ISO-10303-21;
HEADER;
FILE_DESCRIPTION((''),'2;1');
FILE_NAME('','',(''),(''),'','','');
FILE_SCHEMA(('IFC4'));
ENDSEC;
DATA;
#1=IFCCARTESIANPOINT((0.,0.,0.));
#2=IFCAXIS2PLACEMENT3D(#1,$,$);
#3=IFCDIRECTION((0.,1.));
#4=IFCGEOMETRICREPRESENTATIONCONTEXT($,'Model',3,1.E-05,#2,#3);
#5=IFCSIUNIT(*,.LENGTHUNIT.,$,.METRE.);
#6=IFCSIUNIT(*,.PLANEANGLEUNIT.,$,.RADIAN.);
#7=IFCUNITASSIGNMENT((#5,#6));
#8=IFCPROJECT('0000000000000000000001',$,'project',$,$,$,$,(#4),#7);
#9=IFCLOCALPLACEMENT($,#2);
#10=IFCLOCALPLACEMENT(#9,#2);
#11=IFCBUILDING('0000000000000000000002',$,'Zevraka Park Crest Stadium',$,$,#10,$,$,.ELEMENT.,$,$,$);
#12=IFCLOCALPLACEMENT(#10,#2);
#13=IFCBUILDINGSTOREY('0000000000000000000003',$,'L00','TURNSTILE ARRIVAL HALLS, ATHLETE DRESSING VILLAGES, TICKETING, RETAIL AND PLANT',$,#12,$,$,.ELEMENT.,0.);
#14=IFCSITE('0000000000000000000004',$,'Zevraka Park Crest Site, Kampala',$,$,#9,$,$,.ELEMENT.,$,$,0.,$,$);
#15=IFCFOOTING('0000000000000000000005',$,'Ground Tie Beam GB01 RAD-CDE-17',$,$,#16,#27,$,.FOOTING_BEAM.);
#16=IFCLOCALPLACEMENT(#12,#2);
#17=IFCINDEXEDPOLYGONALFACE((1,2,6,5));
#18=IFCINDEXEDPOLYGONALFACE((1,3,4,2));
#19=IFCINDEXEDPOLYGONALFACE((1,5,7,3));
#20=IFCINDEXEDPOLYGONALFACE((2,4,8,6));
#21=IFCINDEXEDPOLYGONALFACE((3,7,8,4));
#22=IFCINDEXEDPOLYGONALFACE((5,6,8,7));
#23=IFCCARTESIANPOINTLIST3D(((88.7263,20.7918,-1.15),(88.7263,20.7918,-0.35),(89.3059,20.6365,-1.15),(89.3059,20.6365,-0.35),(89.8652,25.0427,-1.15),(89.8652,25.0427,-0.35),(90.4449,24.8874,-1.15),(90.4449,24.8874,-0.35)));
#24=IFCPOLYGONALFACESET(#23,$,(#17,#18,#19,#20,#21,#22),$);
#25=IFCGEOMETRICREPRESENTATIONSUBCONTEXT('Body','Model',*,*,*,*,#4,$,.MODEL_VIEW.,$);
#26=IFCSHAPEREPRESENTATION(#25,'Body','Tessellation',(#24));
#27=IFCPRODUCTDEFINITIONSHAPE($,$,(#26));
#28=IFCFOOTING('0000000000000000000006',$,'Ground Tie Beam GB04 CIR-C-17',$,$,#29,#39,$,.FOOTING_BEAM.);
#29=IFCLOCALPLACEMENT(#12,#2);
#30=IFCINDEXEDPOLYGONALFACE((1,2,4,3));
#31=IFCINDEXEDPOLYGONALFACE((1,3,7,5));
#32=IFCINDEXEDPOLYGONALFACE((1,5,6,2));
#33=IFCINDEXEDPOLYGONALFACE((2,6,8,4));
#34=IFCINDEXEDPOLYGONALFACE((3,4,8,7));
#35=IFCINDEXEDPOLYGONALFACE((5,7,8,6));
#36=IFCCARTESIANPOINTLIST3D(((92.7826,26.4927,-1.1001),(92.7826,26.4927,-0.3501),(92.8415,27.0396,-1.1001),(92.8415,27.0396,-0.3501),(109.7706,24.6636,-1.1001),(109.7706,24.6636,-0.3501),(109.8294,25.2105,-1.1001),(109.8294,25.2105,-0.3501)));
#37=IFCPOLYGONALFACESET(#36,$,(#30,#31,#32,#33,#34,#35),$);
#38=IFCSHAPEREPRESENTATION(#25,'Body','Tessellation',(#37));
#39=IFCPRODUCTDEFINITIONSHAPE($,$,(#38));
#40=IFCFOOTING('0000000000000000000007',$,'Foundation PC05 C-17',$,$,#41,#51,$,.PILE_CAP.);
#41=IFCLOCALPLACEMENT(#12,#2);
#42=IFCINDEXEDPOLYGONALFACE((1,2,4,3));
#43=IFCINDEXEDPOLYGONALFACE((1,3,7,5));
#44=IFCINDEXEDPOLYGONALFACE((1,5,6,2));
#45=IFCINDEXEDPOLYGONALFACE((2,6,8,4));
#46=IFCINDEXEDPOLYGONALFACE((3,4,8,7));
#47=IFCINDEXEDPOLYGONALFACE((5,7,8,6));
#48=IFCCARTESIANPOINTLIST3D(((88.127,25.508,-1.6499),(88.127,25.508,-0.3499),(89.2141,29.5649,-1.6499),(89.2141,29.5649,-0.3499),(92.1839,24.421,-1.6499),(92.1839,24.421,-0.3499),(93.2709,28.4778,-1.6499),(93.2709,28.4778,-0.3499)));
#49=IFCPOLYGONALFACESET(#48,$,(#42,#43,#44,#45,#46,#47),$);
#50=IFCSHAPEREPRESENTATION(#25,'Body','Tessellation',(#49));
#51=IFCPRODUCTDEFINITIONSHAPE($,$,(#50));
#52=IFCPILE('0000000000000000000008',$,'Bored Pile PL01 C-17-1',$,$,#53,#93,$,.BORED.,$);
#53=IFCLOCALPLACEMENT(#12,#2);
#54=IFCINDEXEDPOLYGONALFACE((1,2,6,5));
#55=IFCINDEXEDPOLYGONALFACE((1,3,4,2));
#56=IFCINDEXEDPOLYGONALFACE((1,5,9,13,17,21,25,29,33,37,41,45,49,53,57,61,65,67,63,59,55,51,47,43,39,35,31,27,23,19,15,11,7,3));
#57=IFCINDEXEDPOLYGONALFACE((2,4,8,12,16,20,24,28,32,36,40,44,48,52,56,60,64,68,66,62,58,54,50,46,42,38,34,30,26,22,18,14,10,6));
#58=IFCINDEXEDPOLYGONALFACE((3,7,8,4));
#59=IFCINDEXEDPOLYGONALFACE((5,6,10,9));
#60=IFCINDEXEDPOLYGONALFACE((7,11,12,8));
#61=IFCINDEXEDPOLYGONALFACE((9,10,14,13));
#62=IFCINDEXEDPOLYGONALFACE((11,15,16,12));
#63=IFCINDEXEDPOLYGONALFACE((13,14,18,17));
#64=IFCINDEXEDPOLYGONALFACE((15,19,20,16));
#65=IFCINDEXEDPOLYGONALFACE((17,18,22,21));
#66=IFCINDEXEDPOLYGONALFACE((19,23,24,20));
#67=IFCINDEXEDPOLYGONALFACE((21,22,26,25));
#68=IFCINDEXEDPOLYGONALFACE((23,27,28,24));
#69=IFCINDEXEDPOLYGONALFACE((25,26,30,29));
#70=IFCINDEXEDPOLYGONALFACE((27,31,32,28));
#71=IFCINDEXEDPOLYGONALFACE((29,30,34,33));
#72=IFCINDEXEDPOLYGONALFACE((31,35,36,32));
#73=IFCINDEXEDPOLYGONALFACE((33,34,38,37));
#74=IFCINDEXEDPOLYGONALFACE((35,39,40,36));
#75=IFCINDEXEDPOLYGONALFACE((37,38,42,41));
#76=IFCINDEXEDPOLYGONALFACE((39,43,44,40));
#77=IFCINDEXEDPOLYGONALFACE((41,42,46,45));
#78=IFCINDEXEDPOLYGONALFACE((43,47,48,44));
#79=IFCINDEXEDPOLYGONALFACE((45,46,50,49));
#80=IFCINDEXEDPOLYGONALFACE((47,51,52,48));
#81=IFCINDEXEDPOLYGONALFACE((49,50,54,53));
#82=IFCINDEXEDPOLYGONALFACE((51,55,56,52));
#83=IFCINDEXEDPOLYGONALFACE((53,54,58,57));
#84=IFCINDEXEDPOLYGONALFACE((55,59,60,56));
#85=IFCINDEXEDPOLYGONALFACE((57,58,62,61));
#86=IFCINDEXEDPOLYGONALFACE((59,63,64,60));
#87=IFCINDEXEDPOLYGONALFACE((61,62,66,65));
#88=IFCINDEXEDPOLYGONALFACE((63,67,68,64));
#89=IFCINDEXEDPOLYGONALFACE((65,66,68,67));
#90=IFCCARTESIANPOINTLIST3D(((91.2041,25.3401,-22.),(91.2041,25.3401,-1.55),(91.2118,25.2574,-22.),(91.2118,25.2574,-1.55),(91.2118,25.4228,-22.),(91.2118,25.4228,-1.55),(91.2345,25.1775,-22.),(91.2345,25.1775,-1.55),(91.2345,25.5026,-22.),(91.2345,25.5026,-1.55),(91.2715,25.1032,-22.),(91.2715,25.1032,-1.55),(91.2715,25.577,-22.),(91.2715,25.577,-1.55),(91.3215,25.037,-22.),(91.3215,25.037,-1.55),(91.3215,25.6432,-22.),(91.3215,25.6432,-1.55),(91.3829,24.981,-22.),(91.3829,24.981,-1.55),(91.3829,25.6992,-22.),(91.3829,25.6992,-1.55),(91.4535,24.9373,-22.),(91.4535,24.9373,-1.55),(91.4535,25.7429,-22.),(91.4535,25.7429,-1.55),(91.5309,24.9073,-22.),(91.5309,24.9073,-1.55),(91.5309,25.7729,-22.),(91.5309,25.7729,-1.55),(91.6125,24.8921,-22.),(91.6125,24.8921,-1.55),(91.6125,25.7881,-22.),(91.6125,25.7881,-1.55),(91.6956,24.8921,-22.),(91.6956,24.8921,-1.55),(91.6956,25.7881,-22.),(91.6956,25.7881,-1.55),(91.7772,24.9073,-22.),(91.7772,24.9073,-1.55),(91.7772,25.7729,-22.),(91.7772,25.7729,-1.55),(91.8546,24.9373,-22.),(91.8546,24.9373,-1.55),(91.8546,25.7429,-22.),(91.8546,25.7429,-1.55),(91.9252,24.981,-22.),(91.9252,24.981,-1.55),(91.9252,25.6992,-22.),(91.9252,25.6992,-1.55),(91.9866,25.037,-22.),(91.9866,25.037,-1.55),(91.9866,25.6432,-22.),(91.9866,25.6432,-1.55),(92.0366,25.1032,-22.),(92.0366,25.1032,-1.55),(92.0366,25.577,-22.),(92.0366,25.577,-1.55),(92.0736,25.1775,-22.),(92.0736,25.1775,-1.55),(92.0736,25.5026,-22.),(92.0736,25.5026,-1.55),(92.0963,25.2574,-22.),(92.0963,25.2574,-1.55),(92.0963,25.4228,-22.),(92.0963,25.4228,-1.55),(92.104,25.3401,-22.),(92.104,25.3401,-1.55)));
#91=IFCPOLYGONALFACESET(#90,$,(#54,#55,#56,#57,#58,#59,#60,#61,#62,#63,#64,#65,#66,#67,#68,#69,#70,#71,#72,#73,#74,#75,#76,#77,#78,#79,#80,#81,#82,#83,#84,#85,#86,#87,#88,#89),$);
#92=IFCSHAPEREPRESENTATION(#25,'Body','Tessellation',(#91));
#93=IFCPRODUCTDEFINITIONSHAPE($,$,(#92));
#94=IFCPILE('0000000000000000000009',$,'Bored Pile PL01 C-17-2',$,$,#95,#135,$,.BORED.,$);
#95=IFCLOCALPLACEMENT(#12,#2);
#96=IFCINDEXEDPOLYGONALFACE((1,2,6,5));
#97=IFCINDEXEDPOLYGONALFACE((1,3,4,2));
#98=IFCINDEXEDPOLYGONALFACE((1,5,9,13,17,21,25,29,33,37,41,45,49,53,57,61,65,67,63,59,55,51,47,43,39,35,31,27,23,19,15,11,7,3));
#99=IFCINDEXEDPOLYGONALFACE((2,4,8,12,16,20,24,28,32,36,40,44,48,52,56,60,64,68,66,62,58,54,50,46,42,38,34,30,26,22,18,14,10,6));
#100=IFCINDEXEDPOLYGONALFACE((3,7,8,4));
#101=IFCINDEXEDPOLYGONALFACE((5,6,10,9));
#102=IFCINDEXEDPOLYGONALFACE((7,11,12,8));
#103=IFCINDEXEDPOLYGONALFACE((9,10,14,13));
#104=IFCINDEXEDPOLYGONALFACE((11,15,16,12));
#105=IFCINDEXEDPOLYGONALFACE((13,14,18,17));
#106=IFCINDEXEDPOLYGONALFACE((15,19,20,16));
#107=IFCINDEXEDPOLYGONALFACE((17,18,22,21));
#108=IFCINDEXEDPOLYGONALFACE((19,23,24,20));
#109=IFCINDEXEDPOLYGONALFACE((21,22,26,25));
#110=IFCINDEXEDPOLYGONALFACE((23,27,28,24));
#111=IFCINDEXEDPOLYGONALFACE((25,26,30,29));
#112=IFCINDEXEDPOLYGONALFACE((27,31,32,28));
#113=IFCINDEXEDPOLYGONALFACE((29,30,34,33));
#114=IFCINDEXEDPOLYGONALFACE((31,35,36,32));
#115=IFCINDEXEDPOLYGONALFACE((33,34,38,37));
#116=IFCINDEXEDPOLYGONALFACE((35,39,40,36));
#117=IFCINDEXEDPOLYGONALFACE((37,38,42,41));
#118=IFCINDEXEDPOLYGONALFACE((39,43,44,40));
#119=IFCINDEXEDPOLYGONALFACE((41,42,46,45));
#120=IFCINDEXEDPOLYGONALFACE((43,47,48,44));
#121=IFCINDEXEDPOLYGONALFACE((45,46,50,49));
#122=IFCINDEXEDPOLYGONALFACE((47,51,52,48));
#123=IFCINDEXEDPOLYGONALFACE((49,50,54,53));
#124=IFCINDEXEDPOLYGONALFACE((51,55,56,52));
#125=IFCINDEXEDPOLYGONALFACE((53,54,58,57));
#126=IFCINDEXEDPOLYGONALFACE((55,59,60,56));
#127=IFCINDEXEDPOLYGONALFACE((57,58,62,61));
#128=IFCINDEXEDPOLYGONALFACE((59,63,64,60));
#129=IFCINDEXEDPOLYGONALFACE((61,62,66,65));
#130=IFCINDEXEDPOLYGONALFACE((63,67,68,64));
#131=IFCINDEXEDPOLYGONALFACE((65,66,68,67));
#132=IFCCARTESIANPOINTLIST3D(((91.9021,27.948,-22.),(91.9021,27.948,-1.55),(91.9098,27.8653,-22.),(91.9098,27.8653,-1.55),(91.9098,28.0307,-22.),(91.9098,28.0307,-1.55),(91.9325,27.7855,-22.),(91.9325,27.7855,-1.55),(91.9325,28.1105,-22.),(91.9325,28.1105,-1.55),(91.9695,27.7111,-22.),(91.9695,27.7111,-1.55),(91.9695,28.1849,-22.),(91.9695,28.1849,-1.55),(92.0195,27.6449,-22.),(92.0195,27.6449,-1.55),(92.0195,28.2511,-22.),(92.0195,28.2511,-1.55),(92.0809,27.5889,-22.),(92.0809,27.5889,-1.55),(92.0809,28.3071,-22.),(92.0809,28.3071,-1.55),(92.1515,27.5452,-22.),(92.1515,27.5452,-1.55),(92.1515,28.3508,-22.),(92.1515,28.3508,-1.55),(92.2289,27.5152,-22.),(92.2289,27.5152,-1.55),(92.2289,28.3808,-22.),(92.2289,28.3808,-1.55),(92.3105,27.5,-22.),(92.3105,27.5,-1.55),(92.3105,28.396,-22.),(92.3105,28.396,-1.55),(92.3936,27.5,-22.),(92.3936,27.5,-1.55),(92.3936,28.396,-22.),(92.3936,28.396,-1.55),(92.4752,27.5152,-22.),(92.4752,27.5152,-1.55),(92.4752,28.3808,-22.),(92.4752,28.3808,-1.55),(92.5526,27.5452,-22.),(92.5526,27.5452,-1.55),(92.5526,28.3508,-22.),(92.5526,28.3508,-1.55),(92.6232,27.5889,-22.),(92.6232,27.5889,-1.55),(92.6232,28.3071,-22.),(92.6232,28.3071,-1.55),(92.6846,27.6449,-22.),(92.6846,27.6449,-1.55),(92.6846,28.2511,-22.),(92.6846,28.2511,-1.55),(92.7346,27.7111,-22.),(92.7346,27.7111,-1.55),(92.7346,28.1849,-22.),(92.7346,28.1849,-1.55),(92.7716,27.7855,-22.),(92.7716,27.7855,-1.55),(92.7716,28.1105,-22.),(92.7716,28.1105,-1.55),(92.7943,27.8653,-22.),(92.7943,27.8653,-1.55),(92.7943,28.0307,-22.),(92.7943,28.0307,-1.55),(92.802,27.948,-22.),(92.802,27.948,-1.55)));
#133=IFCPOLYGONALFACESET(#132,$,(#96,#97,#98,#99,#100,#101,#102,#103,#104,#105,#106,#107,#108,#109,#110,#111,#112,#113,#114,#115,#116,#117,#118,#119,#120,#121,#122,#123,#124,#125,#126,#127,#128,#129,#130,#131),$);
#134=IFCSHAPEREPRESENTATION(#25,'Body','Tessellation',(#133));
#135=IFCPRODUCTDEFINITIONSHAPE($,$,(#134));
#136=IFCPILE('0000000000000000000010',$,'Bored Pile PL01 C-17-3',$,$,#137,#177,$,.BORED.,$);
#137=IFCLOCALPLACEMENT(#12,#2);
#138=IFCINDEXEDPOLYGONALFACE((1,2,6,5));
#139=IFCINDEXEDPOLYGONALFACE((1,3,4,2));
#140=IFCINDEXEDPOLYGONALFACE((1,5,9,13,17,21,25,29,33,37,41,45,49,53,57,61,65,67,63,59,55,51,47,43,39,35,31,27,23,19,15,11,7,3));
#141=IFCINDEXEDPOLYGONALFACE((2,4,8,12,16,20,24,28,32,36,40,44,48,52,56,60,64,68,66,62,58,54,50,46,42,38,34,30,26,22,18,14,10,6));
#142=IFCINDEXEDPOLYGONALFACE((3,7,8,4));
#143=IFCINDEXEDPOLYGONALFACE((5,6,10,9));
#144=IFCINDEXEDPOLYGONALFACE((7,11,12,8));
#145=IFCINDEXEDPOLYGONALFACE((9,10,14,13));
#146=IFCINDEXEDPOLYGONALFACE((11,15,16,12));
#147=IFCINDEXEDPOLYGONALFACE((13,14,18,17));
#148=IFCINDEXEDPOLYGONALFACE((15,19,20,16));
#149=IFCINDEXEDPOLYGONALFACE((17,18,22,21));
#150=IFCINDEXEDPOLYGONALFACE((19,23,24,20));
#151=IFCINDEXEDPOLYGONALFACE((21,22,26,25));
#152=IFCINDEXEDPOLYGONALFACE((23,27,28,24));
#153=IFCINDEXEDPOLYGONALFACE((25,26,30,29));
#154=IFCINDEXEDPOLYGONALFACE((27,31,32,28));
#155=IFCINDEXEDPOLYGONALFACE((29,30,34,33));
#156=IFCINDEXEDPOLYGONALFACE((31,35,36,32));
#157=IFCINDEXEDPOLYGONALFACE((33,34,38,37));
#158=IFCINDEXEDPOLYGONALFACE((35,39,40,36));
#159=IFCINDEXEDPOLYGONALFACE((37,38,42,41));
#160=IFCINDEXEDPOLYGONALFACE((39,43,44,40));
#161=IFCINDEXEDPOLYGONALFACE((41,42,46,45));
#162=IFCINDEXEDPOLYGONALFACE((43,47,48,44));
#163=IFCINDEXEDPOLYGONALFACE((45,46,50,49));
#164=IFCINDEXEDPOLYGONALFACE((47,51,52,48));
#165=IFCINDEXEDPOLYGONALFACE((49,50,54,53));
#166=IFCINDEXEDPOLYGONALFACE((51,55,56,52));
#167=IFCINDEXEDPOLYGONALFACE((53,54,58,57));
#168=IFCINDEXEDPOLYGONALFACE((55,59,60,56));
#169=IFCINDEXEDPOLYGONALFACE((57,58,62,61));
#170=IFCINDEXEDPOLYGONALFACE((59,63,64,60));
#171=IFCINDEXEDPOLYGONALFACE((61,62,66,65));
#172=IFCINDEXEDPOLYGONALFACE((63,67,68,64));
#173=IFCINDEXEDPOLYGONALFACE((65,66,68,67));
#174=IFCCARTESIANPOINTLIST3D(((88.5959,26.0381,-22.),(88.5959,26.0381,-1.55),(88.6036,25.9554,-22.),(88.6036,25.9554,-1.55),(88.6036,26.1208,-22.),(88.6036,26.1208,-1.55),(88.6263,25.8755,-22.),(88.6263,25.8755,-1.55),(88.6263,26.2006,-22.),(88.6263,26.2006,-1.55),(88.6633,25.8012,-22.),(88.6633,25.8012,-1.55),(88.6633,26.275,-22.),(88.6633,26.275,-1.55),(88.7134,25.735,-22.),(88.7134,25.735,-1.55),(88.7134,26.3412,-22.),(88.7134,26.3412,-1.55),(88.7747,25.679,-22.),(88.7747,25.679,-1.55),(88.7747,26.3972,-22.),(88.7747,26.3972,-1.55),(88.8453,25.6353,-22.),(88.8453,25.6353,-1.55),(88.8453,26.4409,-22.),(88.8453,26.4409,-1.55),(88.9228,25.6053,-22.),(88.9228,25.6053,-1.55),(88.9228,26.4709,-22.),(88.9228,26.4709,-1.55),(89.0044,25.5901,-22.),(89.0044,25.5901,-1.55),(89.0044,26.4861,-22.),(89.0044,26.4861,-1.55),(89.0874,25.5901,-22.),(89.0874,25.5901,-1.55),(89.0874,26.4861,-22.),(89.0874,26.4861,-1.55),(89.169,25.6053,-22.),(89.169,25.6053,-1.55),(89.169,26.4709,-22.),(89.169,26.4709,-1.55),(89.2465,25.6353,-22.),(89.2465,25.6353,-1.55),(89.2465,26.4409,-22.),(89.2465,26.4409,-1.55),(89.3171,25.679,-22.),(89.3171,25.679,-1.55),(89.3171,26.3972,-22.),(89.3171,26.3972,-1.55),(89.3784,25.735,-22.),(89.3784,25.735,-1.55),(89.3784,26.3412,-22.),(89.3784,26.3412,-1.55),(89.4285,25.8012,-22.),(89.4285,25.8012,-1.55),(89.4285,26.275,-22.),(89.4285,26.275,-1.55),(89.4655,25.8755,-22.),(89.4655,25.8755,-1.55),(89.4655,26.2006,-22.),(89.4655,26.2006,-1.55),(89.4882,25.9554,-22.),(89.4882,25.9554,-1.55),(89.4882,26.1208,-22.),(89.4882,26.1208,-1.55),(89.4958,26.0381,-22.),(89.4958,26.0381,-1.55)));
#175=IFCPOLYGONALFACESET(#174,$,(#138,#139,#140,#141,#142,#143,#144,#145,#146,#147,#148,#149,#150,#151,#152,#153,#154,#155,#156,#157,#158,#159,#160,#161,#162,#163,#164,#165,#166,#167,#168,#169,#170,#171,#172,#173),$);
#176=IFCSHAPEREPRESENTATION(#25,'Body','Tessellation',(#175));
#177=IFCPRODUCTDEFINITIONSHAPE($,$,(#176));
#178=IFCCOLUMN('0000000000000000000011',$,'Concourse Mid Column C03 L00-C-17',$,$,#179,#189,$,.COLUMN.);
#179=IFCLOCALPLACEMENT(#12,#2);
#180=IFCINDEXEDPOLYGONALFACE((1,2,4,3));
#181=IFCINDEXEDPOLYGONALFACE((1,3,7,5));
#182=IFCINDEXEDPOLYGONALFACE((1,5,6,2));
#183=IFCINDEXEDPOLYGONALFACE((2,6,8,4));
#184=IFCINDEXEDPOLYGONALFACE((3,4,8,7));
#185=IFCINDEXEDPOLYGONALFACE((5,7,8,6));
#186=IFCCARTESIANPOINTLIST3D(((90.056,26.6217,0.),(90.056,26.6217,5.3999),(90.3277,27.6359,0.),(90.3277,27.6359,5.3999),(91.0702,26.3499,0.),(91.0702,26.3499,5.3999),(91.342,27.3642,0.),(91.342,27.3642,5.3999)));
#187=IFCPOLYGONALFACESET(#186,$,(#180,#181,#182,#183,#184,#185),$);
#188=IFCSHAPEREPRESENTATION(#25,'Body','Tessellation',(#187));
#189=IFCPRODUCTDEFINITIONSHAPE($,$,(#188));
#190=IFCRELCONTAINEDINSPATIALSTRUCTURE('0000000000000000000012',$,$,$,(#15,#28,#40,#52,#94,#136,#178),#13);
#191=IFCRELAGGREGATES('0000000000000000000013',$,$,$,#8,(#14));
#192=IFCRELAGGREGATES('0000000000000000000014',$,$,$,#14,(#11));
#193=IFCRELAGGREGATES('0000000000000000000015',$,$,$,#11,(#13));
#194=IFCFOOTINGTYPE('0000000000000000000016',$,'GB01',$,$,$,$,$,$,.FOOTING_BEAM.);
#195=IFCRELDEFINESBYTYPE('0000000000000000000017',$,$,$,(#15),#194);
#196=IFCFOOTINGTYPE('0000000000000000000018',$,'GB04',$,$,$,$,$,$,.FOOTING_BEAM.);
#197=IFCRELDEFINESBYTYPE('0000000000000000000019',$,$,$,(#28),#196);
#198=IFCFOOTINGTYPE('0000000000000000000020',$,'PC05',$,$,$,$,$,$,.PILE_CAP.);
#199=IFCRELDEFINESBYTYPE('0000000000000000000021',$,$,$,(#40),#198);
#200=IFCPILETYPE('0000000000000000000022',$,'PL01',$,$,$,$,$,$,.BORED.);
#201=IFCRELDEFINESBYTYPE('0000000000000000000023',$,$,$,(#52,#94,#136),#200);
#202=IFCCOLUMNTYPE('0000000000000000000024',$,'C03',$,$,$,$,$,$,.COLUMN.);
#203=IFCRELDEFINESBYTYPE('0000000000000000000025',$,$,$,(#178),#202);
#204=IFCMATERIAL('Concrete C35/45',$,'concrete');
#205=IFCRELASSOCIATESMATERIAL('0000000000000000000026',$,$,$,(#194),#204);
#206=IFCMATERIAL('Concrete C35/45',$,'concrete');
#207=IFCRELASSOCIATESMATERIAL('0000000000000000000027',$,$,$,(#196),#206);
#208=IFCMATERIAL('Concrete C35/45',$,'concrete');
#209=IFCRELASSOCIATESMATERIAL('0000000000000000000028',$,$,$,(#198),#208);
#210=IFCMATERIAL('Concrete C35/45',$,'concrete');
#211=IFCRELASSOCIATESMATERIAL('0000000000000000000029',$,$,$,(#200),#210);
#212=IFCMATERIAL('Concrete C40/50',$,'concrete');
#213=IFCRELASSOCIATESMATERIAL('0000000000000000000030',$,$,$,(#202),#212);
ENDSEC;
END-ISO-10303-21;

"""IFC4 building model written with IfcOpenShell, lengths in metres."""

from ifc_helpers import new_model, si_unit, direction, frame, origin, origin_2d, place, context, subcontext, project, spatial, rectangle, circle, extrude, material, material_profile, profile_set, type_object, element, save


model = new_model("IFC4")

# Units and contexts
model_context = context("Model", 3, precision=1e-05, world=origin(), true_north=direction((0.0, 1.0)))
body_context = subcontext(model_context, "Body", "Model", "MODEL_VIEW")
ifc_project = project(units=[si_unit("LENGTHUNIT", "METRE"), si_unit("PLANEANGLEUNIT", "RADIAN")], contexts=[model_context])

# Site, building, storey
site_placement = place(None, origin())
site = spatial("IfcSite", under=ifc_project, at=site_placement, Name="Zevraka Park Crest Site, Kampala", CompositionType="ELEMENT", RefElevation=0.0)
building_placement = place(site_placement, origin())
building = spatial("IfcBuilding", under=site, at=building_placement, Name="Zevraka Park Crest Stadium", CompositionType="ELEMENT")
storey_placement = place(building_placement, origin())
storey = spatial("IfcBuildingStorey", under=building, at=storey_placement, Name="L00", Description="TURNSTILE ARRIVAL HALLS, ATHLETE DRESSING VILLAGES, TICKETING, RETAIL AND PLANT", CompositionType="ELEMENT", Elevation=0.0)

# Footings
ifc_material_1 = material(Name="Concrete C35/45", Category="concrete")
ifc_material_profile_1 = material_profile(ifc_material_1, rectangle(XDim=0.6001, YDim=0.8, at=origin_2d()), Name="GB 800x600")
ifc_profile_set_1 = profile_set([ifc_material_profile_1], Name="Concrete C35/45")
footing_type_1 = type_object("IfcFootingType", Name="GB01", PredefinedType="FOOTING_BEAM", material=ifc_profile_set_1)
footing_1_placement = place(storey_placement, frame((90.155, 24.9651, -0.75), z_axis=(-0.258792, -0.965933, 0.0), x_axis=(0.965933, -0.258792, 0.0)))
element("IfcFooting", 1, at=footing_1_placement, inside=storey, type_object=footing_type_1, Name="Ground Tie Beam GB01 RAD-CDE-17", PredefinedType="FOOTING_BEAM", context=body_context, shape_type="SweptSolid", body=[
    extrude(rectangle(XDim=0.6001, YDim=0.8, at=origin_2d()), origin(), (0.0, 0.0, 1.0), 4.4009),
])
ifc_material_2 = material(Name="Concrete C35/45", Category="concrete")
ifc_material_profile_2 = material_profile(ifc_material_2, rectangle(XDim=0.55, YDim=0.75, at=origin_2d()), Name="GB 750x550")
ifc_profile_set_2 = profile_set([ifc_material_profile_2], Name="Concrete C35/45")
footing_type_2 = type_object("IfcFootingType", Name="GB04", PredefinedType="FOOTING_BEAM", material=ifc_profile_set_2)
footing_2_placement = place(storey_placement, frame((92.812, 26.7661, -0.7251), z_axis=(0.994254, -0.107051, 0.0), x_axis=(0.107051, 0.994254, 0.0)))
element("IfcFooting", 2, at=footing_2_placement, inside=storey, type_object=footing_type_2, Name="Ground Tie Beam GB04 CIR-C-17", PredefinedType="FOOTING_BEAM", context=body_context, shape_type="SweptSolid", body=[
    extrude(rectangle(XDim=0.55, YDim=0.75, at=origin_2d()), origin(), (0.0, 0.0, 1.0), 17.0862),
])
ifc_material_3 = material(Name="Concrete C35/45", Category="concrete")
footing_type_3 = type_object("IfcFootingType", Name="PC05", PredefinedType="PILE_CAP", material=ifc_material_3)
footing_3_placement = place(storey_placement, frame((90.699, 26.9929, -1.6499), z_axis=(0.0, 0.0, 1.0), x_axis=(0.258819, 0.965926, 0.0)))
element("IfcFooting", 3, at=footing_3_placement, inside=storey, type_object=footing_type_3, Name="Foundation PC05 C-17", PredefinedType="PILE_CAP", context=body_context, shape_type="SweptSolid", body=[
    extrude(rectangle(XDim=4.2, YDim=4.2, at=origin_2d()), origin(), (0.0, 0.0, 1.0), 1.3),
])

# Piles
ifc_material_4 = material(Name="Concrete C35/45", Category="concrete")
ifc_material_profile_3 = material_profile(ifc_material_4, circle(Radius=0.45, at=origin_2d()), Name="PILE D900")
ifc_profile_set_3 = profile_set([ifc_material_profile_3], Name="Concrete C35/45")
pile_type = type_object("IfcPileType", Name="PL01", PredefinedType="BORED", material=ifc_profile_set_3)
for number, where, z_axis, x_axis, name in (
    (4, (91.6541, 25.3401, -1.55), (0.0, 0.0, -1.0), (1.0, 0.0, 0.0), "Bored Pile PL01 C-17-1"),
    (5, (92.3521, 27.948, -1.55), (0.0, 0.0, -1.0), (1.0, 0.0, 0.0), "Bored Pile PL01 C-17-2"),
    (6, (89.0459, 26.0381, -1.55), (0.0, 0.0, -1.0), (1.0, 0.0, 0.0), "Bored Pile PL01 C-17-3"),
):
    element("IfcPile", number, at=place(storey_placement, frame(where, z_axis=z_axis, x_axis=x_axis)), inside=storey, type_object=pile_type, Name=name, PredefinedType="BORED", context=body_context, shape_type="SweptSolid", body=[
        extrude(circle(Radius=0.45, at=origin_2d()), origin(), (0.0, 0.0, 1.0), 20.45),
    ])

# Column
ifc_material_5 = material(Name="Concrete C40/50", Category="concrete")
ifc_material_profile_4 = material_profile(ifc_material_5, rectangle(XDim=1.05, YDim=1.05, at=origin_2d()), Name="RC 1050x1050")
ifc_profile_set_4 = profile_set([ifc_material_profile_4], Name="Concrete C40/50")
column_type = type_object("IfcColumnType", Name="C03", PredefinedType="COLUMN", material=ifc_profile_set_4)
column_placement = place(storey_placement, frame((90.699, 26.9929, 0.0), z_axis=(0.0, 0.0, 1.0), x_axis=(0.258819, 0.965926, 0.0)))
element("IfcColumn", 7, at=column_placement, inside=storey, type_object=column_type, Name="Concourse Mid Column C03 L00-C-17", PredefinedType="COLUMN", context=body_context, shape_type="SweptSolid", body=[
    extrude(rectangle(XDim=1.05, YDim=1.05, at=origin_2d()), origin(), (0.0, 0.0, 1.0), 5.3999),
])

save(model, "model.ifc")
